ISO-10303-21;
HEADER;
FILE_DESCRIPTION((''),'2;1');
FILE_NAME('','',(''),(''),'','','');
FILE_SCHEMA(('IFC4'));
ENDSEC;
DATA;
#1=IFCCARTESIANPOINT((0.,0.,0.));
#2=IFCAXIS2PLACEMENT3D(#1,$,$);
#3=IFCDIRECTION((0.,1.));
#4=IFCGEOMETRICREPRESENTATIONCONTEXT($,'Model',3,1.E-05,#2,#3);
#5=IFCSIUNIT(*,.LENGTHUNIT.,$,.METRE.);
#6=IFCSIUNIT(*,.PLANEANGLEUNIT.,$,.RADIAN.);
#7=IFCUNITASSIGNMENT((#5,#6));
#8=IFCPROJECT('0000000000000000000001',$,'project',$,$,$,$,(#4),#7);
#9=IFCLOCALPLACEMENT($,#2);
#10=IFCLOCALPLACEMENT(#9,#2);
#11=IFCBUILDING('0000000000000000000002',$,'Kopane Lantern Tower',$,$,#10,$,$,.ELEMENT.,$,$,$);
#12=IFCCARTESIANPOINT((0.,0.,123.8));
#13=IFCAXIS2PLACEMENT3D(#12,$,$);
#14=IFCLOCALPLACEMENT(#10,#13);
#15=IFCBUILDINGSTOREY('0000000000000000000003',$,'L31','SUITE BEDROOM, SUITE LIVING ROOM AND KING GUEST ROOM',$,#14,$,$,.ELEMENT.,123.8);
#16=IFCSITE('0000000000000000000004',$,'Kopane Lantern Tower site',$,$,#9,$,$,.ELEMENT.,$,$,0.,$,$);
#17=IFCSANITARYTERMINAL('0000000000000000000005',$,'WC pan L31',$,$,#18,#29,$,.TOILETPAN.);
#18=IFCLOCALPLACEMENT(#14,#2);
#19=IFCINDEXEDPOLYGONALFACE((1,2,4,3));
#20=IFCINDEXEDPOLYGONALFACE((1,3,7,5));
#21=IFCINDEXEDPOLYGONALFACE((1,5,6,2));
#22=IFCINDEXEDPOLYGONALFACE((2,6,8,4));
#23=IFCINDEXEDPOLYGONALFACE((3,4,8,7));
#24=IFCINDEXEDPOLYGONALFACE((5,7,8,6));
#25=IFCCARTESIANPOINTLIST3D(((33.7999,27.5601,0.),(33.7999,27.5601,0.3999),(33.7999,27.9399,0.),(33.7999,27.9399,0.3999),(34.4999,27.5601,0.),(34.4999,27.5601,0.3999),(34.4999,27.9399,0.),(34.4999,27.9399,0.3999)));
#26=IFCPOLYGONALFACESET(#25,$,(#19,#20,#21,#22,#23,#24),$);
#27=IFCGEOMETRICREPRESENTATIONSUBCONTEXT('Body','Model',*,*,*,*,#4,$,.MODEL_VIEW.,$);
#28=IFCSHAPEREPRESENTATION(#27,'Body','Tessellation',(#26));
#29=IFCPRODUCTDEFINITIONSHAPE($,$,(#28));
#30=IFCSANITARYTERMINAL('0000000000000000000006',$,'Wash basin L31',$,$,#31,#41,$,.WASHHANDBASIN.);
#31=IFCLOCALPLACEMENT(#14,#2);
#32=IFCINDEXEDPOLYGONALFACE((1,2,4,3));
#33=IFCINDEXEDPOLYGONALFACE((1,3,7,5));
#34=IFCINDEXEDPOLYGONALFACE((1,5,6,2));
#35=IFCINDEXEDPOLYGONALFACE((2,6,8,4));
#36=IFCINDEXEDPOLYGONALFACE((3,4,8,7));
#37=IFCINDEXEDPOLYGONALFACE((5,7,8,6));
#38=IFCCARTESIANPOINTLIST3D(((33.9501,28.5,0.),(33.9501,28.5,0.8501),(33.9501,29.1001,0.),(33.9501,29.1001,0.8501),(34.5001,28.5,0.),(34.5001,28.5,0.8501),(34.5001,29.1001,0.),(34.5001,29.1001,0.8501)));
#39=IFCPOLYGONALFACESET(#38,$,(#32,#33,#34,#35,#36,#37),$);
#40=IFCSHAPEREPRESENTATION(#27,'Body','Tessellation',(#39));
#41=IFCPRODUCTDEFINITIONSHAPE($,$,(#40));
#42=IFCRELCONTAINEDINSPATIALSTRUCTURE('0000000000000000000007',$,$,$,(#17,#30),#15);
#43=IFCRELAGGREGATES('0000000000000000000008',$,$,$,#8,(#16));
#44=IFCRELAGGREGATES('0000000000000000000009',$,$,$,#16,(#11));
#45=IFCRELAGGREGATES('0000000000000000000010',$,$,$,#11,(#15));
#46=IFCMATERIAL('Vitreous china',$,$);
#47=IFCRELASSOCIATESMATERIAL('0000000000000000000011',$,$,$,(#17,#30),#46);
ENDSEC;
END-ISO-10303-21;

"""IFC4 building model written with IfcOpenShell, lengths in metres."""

from ifc_helpers import new_model, si_unit, direction, frame, origin, origin_2d, place, context, subcontext, project, spatial, rectangle, extrude, material, element, save


model = new_model("IFC4")

# Units and contexts
model_context = context("Model", 3, precision=1e-05, world=origin(), true_north=direction((0.0, 1.0)))
body_context = subcontext(model_context, "Body", "Model", "MODEL_VIEW")
ifc_project = project(units=[si_unit("LENGTHUNIT", "METRE"), si_unit("PLANEANGLEUNIT", "RADIAN")], contexts=[model_context])

# Site, building, storey
site_placement = place(None, origin())
site = spatial("IfcSite", under=ifc_project, at=site_placement, Name="Kopane Lantern Tower site", CompositionType="ELEMENT", RefElevation=0.0)
building_placement = place(site_placement, origin())
building = spatial("IfcBuilding", under=site, at=building_placement, Name="Kopane Lantern Tower", CompositionType="ELEMENT")
storey_placement = place(building_placement, frame((0.0, 0.0, 123.8)))
storey = spatial("IfcBuildingStorey", under=building, at=storey_placement, Name="L31", Description="SUITE BEDROOM, SUITE LIVING ROOM AND KING GUEST ROOM", CompositionType="ELEMENT", Elevation=123.8)

# Sanitary terminals
ifc_material_1 = material(Name="Vitreous china")
sanitary_terminal_1_placement = place(storey_placement, frame((34.1499, 27.75, 0.0), z_axis=(0.0, 0.0, 1.0), x_axis=(1.0, 0.0, 0.0)))
element("IfcSanitaryTerminal", 1, at=sanitary_terminal_1_placement, inside=storey, material=ifc_material_1, Name="WC pan L31", PredefinedType="TOILETPAN", context=body_context, shape_type="SweptSolid", body=[
    extrude(rectangle(XDim=0.7, YDim=0.3799, at=origin_2d()), origin(), (0.0, 0.0, 1.0), 0.3999),
])
sanitary_terminal_2_placement = place(storey_placement, frame((34.2251, 28.8, 0.0), z_axis=(0.0, 0.0, 1.0), x_axis=(1.0, 0.0, 0.0)))
element("IfcSanitaryTerminal", 2, at=sanitary_terminal_2_placement, inside=storey, material=ifc_material_1, Name="Wash basin L31", PredefinedType="WASHHANDBASIN", context=body_context, shape_type="SweptSolid", body=[
    extrude(rectangle(XDim=0.55, YDim=0.6001, at=origin_2d()), origin(), (0.0, 0.0, 1.0), 0.8501),
])

save(model, "model.ifc")
